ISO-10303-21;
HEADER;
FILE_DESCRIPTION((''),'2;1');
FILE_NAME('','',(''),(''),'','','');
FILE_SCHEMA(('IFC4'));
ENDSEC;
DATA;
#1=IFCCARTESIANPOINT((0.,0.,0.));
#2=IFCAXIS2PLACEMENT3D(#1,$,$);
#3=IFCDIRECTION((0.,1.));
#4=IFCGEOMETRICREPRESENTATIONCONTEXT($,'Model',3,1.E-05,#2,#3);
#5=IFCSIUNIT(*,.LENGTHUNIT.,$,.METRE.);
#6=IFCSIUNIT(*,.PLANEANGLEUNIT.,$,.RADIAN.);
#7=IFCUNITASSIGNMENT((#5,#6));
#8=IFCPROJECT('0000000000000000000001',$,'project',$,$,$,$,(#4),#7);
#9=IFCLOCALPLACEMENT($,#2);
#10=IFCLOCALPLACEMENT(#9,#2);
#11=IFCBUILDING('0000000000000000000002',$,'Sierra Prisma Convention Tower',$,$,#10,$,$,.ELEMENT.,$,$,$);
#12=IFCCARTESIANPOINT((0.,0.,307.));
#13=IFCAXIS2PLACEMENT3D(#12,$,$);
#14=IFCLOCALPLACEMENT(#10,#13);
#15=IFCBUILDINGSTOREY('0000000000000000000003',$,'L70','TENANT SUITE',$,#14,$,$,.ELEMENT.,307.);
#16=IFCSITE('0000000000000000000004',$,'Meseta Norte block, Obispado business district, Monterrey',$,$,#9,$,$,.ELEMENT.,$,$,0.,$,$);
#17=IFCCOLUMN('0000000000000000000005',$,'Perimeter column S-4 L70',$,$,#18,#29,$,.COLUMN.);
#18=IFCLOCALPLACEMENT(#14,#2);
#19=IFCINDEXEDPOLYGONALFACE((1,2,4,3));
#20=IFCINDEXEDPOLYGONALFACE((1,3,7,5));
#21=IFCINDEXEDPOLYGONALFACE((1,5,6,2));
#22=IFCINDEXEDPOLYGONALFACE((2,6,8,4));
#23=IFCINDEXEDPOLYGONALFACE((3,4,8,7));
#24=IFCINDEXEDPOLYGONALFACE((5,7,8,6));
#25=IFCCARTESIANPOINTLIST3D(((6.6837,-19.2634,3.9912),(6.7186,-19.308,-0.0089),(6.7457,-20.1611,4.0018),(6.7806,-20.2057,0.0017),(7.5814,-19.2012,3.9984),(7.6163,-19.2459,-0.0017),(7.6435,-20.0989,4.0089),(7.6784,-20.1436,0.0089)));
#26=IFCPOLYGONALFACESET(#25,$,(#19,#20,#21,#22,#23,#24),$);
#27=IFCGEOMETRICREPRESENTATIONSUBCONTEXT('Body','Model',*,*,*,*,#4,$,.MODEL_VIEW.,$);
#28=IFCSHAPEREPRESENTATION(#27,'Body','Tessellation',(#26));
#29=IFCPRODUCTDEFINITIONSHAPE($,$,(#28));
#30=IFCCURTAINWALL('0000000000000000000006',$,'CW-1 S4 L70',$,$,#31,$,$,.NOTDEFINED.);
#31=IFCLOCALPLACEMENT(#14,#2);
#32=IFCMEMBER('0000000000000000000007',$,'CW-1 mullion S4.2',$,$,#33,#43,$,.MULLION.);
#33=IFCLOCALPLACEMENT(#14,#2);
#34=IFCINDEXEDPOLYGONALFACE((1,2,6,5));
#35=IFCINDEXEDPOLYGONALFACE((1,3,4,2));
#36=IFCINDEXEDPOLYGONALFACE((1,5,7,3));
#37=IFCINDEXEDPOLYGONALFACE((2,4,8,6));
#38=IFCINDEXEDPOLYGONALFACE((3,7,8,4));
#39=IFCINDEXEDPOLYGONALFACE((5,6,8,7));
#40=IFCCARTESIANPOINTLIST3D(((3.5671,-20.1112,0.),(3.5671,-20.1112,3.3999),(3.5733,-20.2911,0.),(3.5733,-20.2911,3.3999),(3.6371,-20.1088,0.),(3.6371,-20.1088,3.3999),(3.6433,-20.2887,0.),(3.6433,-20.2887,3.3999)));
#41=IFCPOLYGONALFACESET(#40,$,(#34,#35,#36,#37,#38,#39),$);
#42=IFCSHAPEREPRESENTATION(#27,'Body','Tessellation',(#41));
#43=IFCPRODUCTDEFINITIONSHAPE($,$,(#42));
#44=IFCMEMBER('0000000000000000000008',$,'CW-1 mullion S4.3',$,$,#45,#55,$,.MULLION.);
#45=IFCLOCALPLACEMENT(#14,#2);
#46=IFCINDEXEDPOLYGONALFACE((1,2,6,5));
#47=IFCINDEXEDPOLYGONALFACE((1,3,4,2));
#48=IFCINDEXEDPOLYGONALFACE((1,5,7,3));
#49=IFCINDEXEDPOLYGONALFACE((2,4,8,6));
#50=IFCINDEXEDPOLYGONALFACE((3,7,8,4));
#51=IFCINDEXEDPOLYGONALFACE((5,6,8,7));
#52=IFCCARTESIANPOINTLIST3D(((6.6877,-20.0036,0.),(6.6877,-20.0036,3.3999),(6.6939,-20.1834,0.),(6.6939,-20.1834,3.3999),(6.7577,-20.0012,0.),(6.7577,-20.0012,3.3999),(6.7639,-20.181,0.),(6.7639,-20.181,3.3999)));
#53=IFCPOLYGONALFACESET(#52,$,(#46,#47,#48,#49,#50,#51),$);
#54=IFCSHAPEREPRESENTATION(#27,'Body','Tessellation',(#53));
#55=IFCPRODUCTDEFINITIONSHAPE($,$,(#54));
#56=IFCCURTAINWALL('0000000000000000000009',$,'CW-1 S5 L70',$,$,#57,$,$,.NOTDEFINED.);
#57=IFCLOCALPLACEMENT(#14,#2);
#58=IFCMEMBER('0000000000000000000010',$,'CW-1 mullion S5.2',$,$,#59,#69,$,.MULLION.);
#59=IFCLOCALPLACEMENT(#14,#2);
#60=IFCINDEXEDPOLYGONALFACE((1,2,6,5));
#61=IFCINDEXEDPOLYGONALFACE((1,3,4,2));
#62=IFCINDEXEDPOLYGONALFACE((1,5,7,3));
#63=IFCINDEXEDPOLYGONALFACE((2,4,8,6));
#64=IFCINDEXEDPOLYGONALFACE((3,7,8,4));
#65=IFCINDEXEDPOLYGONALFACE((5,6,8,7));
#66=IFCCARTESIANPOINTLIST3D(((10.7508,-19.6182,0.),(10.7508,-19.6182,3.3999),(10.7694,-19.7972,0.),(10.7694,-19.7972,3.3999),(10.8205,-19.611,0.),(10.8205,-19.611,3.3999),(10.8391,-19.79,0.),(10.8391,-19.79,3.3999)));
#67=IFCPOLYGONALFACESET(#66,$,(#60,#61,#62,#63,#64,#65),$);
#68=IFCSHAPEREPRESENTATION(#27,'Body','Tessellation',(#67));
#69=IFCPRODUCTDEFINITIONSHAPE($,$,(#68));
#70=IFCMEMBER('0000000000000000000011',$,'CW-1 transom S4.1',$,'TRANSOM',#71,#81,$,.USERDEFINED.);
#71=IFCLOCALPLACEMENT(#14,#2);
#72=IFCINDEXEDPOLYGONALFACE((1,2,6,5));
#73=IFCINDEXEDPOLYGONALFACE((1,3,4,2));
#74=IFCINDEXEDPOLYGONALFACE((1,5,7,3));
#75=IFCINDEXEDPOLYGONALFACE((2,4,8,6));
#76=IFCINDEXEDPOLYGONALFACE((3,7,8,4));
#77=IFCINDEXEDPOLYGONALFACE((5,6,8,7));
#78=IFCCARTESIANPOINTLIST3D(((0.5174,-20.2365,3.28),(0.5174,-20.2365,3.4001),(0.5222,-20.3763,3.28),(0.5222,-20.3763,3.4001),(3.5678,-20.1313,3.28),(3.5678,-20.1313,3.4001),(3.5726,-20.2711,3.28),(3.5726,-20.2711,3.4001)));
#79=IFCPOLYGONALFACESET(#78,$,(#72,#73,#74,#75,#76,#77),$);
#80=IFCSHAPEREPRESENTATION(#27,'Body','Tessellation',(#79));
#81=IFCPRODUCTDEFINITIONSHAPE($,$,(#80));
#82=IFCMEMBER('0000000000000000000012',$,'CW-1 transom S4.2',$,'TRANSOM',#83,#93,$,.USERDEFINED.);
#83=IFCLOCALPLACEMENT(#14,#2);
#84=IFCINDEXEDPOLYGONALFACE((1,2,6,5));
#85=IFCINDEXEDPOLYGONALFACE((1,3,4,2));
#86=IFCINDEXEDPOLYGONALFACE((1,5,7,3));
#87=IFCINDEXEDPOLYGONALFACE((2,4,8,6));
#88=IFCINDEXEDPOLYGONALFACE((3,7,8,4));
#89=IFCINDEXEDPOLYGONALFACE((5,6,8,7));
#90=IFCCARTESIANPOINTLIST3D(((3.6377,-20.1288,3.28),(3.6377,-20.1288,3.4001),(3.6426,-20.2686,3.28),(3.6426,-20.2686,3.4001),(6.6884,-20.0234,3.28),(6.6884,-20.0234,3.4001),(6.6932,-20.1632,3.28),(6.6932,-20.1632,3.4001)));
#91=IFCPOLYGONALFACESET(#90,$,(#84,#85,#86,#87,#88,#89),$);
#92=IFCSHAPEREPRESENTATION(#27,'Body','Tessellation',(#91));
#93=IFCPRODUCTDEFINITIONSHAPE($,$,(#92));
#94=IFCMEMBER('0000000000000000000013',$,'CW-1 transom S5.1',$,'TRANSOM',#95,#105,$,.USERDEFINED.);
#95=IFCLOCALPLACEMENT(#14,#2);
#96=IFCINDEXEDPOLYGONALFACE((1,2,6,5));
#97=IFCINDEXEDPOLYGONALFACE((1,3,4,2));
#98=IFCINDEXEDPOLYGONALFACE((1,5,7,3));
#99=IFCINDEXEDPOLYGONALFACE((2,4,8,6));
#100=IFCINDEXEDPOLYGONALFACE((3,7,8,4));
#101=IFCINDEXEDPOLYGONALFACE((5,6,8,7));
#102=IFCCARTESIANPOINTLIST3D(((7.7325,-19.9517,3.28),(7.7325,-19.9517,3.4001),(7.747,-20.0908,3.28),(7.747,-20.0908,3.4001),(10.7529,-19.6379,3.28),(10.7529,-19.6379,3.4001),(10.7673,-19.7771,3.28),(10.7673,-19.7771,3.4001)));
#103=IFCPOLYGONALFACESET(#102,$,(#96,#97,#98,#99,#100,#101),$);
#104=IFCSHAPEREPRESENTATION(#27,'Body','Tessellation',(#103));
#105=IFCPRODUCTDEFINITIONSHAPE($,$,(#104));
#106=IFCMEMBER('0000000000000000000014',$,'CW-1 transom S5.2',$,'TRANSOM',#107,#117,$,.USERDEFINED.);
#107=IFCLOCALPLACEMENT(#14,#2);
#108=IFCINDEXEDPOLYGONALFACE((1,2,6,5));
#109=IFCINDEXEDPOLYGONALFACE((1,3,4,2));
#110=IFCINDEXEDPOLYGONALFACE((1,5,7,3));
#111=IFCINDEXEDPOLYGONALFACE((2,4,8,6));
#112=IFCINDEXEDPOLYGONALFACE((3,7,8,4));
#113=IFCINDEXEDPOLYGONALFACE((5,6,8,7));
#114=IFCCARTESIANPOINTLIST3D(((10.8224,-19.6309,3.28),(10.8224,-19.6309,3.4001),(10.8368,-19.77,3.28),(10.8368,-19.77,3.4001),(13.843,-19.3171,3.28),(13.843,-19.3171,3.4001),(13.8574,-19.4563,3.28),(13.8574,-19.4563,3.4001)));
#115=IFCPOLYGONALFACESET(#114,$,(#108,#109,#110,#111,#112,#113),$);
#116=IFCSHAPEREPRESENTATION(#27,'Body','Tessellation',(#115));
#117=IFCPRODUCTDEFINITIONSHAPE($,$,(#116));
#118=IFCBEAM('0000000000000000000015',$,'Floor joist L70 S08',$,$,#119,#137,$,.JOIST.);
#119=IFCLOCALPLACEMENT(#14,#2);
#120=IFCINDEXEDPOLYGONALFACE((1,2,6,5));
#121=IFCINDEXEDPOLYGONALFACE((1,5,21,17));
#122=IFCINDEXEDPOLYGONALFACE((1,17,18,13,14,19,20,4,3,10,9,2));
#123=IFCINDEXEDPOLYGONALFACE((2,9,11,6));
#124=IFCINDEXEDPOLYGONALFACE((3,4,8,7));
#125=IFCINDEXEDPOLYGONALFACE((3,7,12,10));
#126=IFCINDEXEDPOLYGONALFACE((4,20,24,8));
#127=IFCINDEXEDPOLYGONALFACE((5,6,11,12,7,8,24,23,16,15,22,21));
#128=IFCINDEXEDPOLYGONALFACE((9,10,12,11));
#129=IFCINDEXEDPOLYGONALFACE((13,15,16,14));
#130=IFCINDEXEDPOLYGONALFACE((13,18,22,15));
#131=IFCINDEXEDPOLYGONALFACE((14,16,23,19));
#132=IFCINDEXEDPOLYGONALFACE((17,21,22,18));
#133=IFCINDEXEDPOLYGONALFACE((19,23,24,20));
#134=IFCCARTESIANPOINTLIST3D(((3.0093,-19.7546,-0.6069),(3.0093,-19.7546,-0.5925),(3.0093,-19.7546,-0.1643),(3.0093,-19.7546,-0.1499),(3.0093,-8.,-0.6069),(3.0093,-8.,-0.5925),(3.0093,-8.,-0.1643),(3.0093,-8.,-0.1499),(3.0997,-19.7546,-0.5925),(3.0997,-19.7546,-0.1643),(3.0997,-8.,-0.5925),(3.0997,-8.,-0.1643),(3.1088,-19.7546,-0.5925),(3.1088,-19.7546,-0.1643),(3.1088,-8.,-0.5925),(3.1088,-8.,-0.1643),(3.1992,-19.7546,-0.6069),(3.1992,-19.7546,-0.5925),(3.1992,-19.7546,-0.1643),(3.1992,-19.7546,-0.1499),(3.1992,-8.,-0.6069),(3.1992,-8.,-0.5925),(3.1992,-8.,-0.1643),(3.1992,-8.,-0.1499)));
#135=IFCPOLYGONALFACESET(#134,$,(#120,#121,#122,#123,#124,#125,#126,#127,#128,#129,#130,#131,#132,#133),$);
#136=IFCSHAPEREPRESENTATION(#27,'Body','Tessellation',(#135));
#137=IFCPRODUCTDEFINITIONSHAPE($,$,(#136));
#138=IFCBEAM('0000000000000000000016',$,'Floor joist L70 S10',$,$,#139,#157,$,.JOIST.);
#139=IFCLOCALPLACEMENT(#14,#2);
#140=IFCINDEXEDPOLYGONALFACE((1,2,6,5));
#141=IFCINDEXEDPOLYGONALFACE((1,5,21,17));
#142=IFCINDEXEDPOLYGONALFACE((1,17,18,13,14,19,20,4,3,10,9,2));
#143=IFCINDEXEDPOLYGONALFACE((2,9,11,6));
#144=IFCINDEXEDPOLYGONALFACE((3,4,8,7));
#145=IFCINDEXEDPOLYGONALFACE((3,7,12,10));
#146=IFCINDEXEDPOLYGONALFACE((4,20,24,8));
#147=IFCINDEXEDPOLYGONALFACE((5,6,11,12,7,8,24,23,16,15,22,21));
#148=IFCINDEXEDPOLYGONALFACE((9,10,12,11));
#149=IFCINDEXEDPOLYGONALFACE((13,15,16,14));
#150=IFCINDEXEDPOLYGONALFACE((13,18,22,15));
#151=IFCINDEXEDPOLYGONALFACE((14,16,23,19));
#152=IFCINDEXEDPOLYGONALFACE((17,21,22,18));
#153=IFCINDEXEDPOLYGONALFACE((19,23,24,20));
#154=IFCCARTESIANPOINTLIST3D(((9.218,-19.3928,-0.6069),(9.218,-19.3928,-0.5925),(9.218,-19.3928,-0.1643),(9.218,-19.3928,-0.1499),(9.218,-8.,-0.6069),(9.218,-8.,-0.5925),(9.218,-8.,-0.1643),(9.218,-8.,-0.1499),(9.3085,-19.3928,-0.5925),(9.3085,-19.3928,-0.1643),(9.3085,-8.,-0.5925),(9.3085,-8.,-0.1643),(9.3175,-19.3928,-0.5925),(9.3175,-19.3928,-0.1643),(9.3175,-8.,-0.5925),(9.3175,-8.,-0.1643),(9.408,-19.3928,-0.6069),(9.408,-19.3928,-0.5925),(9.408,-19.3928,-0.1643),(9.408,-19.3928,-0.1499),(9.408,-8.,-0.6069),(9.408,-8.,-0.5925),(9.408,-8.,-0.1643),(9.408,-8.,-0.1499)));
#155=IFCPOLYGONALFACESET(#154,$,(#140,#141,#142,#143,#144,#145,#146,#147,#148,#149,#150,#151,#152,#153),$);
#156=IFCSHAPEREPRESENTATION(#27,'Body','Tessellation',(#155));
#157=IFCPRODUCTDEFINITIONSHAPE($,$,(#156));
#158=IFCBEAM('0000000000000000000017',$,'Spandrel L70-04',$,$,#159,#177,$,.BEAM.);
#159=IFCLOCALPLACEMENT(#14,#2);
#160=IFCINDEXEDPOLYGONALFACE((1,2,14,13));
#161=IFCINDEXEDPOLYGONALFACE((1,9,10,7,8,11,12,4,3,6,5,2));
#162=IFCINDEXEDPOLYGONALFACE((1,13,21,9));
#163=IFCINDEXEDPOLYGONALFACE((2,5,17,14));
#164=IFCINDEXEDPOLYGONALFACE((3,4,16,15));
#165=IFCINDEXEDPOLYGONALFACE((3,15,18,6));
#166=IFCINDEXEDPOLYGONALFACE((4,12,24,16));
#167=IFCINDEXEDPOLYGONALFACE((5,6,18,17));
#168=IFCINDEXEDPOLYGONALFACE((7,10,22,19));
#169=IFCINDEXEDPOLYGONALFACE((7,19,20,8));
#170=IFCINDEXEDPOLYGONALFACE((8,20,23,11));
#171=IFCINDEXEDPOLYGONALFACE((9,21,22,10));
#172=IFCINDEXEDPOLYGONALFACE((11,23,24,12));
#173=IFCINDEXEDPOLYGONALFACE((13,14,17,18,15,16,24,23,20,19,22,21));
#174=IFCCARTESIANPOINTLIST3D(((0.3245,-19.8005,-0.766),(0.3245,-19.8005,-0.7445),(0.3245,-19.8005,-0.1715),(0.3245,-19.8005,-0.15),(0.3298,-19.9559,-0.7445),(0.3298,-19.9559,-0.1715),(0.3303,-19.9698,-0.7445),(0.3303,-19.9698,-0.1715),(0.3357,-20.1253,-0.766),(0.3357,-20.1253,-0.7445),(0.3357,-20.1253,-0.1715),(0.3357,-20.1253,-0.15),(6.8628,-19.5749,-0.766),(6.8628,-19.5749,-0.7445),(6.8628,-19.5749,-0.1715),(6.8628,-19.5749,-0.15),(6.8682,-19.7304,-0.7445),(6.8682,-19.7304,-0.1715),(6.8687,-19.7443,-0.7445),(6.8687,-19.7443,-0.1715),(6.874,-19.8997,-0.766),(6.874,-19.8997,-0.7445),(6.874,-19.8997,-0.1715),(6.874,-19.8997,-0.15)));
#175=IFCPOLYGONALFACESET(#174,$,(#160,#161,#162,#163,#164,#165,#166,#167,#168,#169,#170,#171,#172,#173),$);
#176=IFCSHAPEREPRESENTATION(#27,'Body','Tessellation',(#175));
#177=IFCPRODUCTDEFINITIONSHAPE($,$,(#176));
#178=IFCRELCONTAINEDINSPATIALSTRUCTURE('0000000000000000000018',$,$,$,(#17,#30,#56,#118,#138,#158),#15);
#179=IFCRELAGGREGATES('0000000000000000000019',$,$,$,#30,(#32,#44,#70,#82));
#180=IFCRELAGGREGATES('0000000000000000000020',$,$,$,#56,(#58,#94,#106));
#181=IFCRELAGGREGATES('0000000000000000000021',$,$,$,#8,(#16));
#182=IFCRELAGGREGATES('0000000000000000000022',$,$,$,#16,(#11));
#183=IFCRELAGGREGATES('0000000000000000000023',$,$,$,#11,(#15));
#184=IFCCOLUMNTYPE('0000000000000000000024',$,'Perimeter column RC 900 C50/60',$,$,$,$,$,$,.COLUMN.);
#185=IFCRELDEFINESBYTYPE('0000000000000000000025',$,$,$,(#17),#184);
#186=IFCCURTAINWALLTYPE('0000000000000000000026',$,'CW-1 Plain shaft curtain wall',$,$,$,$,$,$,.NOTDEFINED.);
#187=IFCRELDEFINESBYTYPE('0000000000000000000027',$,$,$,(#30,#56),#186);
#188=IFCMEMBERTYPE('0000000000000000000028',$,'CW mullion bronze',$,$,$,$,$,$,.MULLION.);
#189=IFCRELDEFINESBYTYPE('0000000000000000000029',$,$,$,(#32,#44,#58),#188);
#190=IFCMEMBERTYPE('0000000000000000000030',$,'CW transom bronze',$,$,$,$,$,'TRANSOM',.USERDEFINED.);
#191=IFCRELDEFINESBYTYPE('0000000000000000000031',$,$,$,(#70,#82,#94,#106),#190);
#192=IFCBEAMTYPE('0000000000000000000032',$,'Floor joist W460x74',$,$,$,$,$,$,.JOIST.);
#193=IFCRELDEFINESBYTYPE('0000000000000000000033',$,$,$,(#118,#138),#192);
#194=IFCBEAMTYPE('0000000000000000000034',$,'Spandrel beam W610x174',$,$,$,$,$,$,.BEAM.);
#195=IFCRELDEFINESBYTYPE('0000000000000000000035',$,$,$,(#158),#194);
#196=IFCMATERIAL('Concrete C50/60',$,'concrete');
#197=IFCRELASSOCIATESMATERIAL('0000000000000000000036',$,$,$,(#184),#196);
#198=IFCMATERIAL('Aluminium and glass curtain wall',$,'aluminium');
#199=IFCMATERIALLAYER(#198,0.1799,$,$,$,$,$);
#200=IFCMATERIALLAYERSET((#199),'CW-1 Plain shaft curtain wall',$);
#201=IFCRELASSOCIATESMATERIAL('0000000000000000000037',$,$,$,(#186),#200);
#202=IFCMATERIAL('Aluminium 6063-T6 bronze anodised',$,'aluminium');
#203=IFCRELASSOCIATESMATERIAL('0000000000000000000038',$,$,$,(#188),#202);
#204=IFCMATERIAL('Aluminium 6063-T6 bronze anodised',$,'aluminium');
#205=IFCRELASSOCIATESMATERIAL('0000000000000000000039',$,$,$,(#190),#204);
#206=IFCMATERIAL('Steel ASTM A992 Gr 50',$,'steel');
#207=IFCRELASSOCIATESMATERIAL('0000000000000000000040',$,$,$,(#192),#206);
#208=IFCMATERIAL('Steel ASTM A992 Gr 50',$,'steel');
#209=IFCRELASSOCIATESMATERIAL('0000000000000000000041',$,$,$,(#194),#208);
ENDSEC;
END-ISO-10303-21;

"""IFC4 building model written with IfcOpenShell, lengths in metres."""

from ifc_helpers import new_model, si_unit, direction, frame, origin, origin_2d, place, context, subcontext, project, spatial, rectangle, i_section, extrude, material, layer, layer_set, material_profile, profile_set, type_object, element, aggregate, save


model = new_model("IFC4")

# Units and contexts
model_context = context("Model", 3, precision=1e-05, world=origin(), true_north=direction((0.0, 1.0)))
body_context = subcontext(model_context, "Body", "Model", "MODEL_VIEW")
ifc_project = project(units=[si_unit("LENGTHUNIT", "METRE"), si_unit("PLANEANGLEUNIT", "RADIAN")], contexts=[model_context])

# Site, building, storey
site_placement = place(None, origin())
site = spatial("IfcSite", under=ifc_project, at=site_placement, Name="Meseta Norte block, Obispado business district, Monterrey", CompositionType="ELEMENT", RefElevation=0.0)
building_placement = place(site_placement, origin())
building = spatial("IfcBuilding", under=site, at=building_placement, Name="Sierra Prisma Convention Tower", CompositionType="ELEMENT")
storey_placement = place(building_placement, frame((0.0, 0.0, 307.0)))
storey = spatial("IfcBuildingStorey", under=building, at=storey_placement, Name="L70", Description="TENANT SUITE", CompositionType="ELEMENT", Elevation=307.0)

# Column
ifc_material_1 = material(Name="Concrete C50/60", Category="concrete")
ifc_material_profile_1 = material_profile(ifc_material_1, rectangle(XDim=0.8999, YDim=0.8999, at=origin_2d()), Name="Perimeter column RC 900 C50/60")
ifc_profile_set_1 = profile_set([ifc_material_profile_1], Name="Concrete C50/60")
column_type = type_object("IfcColumnType", Name="Perimeter column RC 900 C50/60", PredefinedType="COLUMN", material=ifc_profile_set_1)
column_placement = place(storey_placement, frame((7.1985, -19.7258, 0.0), z_axis=(-0.008727, 0.011168, 0.9999), x_axis=(0.997583, 0.069033, 0.007936)))
element("IfcColumn", 1, at=column_placement, inside=storey, type_object=column_type, Name="Perimeter column S-4 L70", PredefinedType="COLUMN", context=body_context, shape_type="SweptSolid", body=[
    extrude(rectangle(XDim=0.8999, YDim=0.8999, at=origin_2d()), origin(), (0.0, 0.0, 1.0), 4.0005),
])

# Curtain wall, members
ifc_material_2 = material(Name="Aluminium and glass curtain wall", Category="aluminium")
ifc_layer_1 = layer(ifc_material_2, 0.1799)
ifc_layer_set_1 = layer_set([ifc_layer_1], Name="CW-1 Plain shaft curtain wall")
curtain_wall_type = type_object("IfcCurtainWallType", Name="CW-1 Plain shaft curtain wall", PredefinedType="NOTDEFINED", material=ifc_layer_set_1)
curtain_wall_1_placement = place(storey_placement, origin())
curtain_wall_1 = element("IfcCurtainWall", 2, at=curtain_wall_1_placement, inside=storey, type_object=curtain_wall_type, Name="CW-1 S4 L70", PredefinedType="NOTDEFINED")
ifc_material_3 = material(Name="Aluminium 6063-T6 bronze anodised", Category="aluminium")
ifc_material_profile_2 = material_profile(ifc_material_3, rectangle(XDim=0.1799, YDim=0.0701, at=origin_2d()), Name="ALU MULLION 70x180")
ifc_profile_set_2 = profile_set([ifc_material_profile_2], Name="Aluminium 6063-T6 bronze anodised")
member_type_1 = type_object("IfcMemberType", Name="CW mullion bronze", PredefinedType="MULLION", material=ifc_profile_set_2)
member_1_placement = place(storey_placement, frame((3.6052, -20.2, 0.0), z_axis=(0.0, 0.0, 1.0), x_axis=(-0.034491, 0.999405, 0.0)))
member_1 = element("IfcMember", 3, at=member_1_placement, type_object=member_type_1, Name="CW-1 mullion S4.2", PredefinedType="MULLION", context=body_context, shape_type="SweptSolid", body=[
    extrude(rectangle(XDim=0.1799, YDim=0.0701, at=origin_2d()), origin(), (0.0, 0.0, 1.0), 3.3999),
])
member_2_placement = place(storey_placement, frame((6.7258, -20.0923, 0.0), z_axis=(0.0, 0.0, 1.0), x_axis=(-0.034491, 0.999405, 0.0)))
member_2 = element("IfcMember", 4, at=member_2_placement, type_object=member_type_1, Name="CW-1 mullion S4.3", PredefinedType="MULLION", context=body_context, shape_type="SweptSolid", body=[
    extrude(rectangle(XDim=0.1799, YDim=0.0701, at=origin_2d()), origin(), (0.0, 0.0, 1.0), 3.3999),
])

# Curtain wall, member
curtain_wall_2_placement = place(storey_placement, origin())
curtain_wall_2 = element("IfcCurtainWall", 5, at=curtain_wall_2_placement, inside=storey, type_object=curtain_wall_type, Name="CW-1 S5 L70", PredefinedType="NOTDEFINED")
member_3_placement = place(storey_placement, frame((10.7949, -19.7041, 0.0), z_axis=(0.0, 0.0, 1.0), x_axis=(-0.103308, 0.994649, 0.0)))
member_3 = element("IfcMember", 6, at=member_3_placement, type_object=member_type_1, Name="CW-1 mullion S5.2", PredefinedType="MULLION", context=body_context, shape_type="SweptSolid", body=[
    extrude(rectangle(XDim=0.1799, YDim=0.0701, at=origin_2d()), origin(), (0.0, 0.0, 1.0), 3.3999),
])

# Members
ifc_material_4 = material(Name="Aluminium 6063-T6 bronze anodised", Category="aluminium")
ifc_material_profile_3 = material_profile(ifc_material_4, rectangle(XDim=0.1399, YDim=0.1201, at=origin_2d()), Name="ALU TRANSOM 120x140")
ifc_profile_set_3 = profile_set([ifc_material_profile_3], Name="Aluminium 6063-T6 bronze anodised")
member_type_2 = type_object("IfcMemberType", Name="CW transom bronze", ElementType="TRANSOM", PredefinedType="USERDEFINED", material=ifc_profile_set_3)
member_4_placement = place(storey_placement, frame((0.5198, -20.3064, 3.3401), z_axis=(0.999406, 0.034473, 0.0), x_axis=(-0.034473, 0.999406, 0.0)))
member_4 = element("IfcMember", 7, at=member_4_placement, type_object=member_type_2, Name="CW-1 transom S4.1", ObjectType="TRANSOM", PredefinedType="USERDEFINED", context=body_context, shape_type="SweptSolid", body=[
    extrude(rectangle(XDim=0.1399, YDim=0.1201, at=origin_2d()), origin(), (0.0, 0.0, 1.0), 3.0522),
])
member_5_placement = place(storey_placement, frame((3.6401, -20.1987, 3.3401), z_axis=(0.999403, 0.03455, 0.0), x_axis=(-0.03455, 0.999403, 0.0)))
member_5 = element("IfcMember", 8, at=member_5_placement, type_object=member_type_2, Name="CW-1 transom S4.2", ObjectType="TRANSOM", PredefinedType="USERDEFINED", context=body_context, shape_type="SweptSolid", body=[
    extrude(rectangle(XDim=0.1399, YDim=0.1201, at=origin_2d()), origin(), (0.0, 0.0, 1.0), 3.0525),
])
member_6_placement = place(storey_placement, frame((7.7397, -20.0212, 3.3401), z_axis=(0.994649, 0.103316, 0.0), x_axis=(-0.103316, 0.994649, 0.0)))
member_6 = element("IfcMember", 9, at=member_6_placement, type_object=member_type_2, Name="CW-1 transom S5.1", ObjectType="TRANSOM", PredefinedType="USERDEFINED", context=body_context, shape_type="SweptSolid", body=[
    extrude(rectangle(XDim=0.1399, YDim=0.1201, at=origin_2d()), origin(), (0.0, 0.0, 1.0), 3.0366),
])
member_7_placement = place(storey_placement, frame((10.8296, -19.7004, 3.3401), z_axis=(0.994649, 0.103308, 0.0), x_axis=(-0.103308, 0.994649, 0.0)))
member_7 = element("IfcMember", 10, at=member_7_placement, type_object=member_type_2, Name="CW-1 transom S5.2", ObjectType="TRANSOM", PredefinedType="USERDEFINED", context=body_context, shape_type="SweptSolid", body=[
    extrude(rectangle(XDim=0.1399, YDim=0.1201, at=origin_2d()), origin(), (0.0, 0.0, 1.0), 3.0369),
])

# Beams
ifc_material_5 = material(Name="Steel ASTM A992 Gr 50", Category="steel")
ifc_material_profile_4 = material_profile(ifc_material_5, i_section(OverallWidth=0.1899, OverallDepth=0.457, WebThickness=0.009, FlangeThickness=0.0144, at=origin_2d()), Name="W460x74")
ifc_profile_set_4 = profile_set([ifc_material_profile_4], Name="Steel ASTM A992 Gr 50")
beam_type_1 = type_object("IfcBeamType", Name="Floor joist W460x74", PredefinedType="JOIST", material=ifc_profile_set_4)
beam_1_placement = place(storey_placement, frame((3.1042, -19.7546, -0.3784), z_axis=(0.0, 1.0, 0.0), x_axis=(-1.0, 0.0, 0.0)))
element("IfcBeam", 11, at=beam_1_placement, inside=storey, type_object=beam_type_1, Name="Floor joist L70 S08", PredefinedType="JOIST", context=body_context, shape_type="SweptSolid", body=[
    extrude(i_section(OverallWidth=0.1899, OverallDepth=0.457, WebThickness=0.009, FlangeThickness=0.0144, at=origin_2d()), origin(), (0.0, 0.0, 1.0), 11.7546),
])
beam_2_placement = place(storey_placement, frame((9.313, -19.3928, -0.3784), z_axis=(0.0, 1.0, 0.0), x_axis=(-1.0, 0.0, 0.0)))
element("IfcBeam", 12, at=beam_2_placement, inside=storey, type_object=beam_type_1, Name="Floor joist L70 S10", PredefinedType="JOIST", context=body_context, shape_type="SweptSolid", body=[
    extrude(i_section(OverallWidth=0.1899, OverallDepth=0.457, WebThickness=0.009, FlangeThickness=0.0144, at=origin_2d()), origin(), (0.0, 0.0, 1.0), 11.3928),
])
ifc_material_6 = material(Name="Steel ASTM A992 Gr 50", Category="steel")
ifc_material_profile_5 = material_profile(ifc_material_6, i_section(OverallWidth=0.325, OverallDepth=0.616, WebThickness=0.0139, FlangeThickness=0.0215, at=origin_2d()), Name="W610x174")
ifc_profile_set_5 = profile_set([ifc_material_profile_5], Name="Steel ASTM A992 Gr 50")
beam_type_2 = type_object("IfcBeamType", Name="Spandrel beam W610x174", PredefinedType="BEAM", material=ifc_profile_set_5)
beam_3_placement = place(storey_placement, frame((0.3301, -19.9629, -0.458), z_axis=(0.999405, 0.034482, 0.0), x_axis=(-0.034482, 0.999405, 0.0)))
element("IfcBeam", 13, at=beam_3_placement, inside=storey, type_object=beam_type_2, Name="Spandrel L70-04", PredefinedType="BEAM", context=body_context, shape_type="SweptSolid", body=[
    extrude(i_section(OverallWidth=0.325, OverallDepth=0.616, WebThickness=0.0139, FlangeThickness=0.0215, at=origin_2d()), origin(), (0.0, 0.0, 1.0), 6.5422),
])

aggregate(curtain_wall_1, [member_1, member_2, member_4, member_5])
aggregate(curtain_wall_2, [member_3, member_6, member_7])

save(model, "model.ifc")
